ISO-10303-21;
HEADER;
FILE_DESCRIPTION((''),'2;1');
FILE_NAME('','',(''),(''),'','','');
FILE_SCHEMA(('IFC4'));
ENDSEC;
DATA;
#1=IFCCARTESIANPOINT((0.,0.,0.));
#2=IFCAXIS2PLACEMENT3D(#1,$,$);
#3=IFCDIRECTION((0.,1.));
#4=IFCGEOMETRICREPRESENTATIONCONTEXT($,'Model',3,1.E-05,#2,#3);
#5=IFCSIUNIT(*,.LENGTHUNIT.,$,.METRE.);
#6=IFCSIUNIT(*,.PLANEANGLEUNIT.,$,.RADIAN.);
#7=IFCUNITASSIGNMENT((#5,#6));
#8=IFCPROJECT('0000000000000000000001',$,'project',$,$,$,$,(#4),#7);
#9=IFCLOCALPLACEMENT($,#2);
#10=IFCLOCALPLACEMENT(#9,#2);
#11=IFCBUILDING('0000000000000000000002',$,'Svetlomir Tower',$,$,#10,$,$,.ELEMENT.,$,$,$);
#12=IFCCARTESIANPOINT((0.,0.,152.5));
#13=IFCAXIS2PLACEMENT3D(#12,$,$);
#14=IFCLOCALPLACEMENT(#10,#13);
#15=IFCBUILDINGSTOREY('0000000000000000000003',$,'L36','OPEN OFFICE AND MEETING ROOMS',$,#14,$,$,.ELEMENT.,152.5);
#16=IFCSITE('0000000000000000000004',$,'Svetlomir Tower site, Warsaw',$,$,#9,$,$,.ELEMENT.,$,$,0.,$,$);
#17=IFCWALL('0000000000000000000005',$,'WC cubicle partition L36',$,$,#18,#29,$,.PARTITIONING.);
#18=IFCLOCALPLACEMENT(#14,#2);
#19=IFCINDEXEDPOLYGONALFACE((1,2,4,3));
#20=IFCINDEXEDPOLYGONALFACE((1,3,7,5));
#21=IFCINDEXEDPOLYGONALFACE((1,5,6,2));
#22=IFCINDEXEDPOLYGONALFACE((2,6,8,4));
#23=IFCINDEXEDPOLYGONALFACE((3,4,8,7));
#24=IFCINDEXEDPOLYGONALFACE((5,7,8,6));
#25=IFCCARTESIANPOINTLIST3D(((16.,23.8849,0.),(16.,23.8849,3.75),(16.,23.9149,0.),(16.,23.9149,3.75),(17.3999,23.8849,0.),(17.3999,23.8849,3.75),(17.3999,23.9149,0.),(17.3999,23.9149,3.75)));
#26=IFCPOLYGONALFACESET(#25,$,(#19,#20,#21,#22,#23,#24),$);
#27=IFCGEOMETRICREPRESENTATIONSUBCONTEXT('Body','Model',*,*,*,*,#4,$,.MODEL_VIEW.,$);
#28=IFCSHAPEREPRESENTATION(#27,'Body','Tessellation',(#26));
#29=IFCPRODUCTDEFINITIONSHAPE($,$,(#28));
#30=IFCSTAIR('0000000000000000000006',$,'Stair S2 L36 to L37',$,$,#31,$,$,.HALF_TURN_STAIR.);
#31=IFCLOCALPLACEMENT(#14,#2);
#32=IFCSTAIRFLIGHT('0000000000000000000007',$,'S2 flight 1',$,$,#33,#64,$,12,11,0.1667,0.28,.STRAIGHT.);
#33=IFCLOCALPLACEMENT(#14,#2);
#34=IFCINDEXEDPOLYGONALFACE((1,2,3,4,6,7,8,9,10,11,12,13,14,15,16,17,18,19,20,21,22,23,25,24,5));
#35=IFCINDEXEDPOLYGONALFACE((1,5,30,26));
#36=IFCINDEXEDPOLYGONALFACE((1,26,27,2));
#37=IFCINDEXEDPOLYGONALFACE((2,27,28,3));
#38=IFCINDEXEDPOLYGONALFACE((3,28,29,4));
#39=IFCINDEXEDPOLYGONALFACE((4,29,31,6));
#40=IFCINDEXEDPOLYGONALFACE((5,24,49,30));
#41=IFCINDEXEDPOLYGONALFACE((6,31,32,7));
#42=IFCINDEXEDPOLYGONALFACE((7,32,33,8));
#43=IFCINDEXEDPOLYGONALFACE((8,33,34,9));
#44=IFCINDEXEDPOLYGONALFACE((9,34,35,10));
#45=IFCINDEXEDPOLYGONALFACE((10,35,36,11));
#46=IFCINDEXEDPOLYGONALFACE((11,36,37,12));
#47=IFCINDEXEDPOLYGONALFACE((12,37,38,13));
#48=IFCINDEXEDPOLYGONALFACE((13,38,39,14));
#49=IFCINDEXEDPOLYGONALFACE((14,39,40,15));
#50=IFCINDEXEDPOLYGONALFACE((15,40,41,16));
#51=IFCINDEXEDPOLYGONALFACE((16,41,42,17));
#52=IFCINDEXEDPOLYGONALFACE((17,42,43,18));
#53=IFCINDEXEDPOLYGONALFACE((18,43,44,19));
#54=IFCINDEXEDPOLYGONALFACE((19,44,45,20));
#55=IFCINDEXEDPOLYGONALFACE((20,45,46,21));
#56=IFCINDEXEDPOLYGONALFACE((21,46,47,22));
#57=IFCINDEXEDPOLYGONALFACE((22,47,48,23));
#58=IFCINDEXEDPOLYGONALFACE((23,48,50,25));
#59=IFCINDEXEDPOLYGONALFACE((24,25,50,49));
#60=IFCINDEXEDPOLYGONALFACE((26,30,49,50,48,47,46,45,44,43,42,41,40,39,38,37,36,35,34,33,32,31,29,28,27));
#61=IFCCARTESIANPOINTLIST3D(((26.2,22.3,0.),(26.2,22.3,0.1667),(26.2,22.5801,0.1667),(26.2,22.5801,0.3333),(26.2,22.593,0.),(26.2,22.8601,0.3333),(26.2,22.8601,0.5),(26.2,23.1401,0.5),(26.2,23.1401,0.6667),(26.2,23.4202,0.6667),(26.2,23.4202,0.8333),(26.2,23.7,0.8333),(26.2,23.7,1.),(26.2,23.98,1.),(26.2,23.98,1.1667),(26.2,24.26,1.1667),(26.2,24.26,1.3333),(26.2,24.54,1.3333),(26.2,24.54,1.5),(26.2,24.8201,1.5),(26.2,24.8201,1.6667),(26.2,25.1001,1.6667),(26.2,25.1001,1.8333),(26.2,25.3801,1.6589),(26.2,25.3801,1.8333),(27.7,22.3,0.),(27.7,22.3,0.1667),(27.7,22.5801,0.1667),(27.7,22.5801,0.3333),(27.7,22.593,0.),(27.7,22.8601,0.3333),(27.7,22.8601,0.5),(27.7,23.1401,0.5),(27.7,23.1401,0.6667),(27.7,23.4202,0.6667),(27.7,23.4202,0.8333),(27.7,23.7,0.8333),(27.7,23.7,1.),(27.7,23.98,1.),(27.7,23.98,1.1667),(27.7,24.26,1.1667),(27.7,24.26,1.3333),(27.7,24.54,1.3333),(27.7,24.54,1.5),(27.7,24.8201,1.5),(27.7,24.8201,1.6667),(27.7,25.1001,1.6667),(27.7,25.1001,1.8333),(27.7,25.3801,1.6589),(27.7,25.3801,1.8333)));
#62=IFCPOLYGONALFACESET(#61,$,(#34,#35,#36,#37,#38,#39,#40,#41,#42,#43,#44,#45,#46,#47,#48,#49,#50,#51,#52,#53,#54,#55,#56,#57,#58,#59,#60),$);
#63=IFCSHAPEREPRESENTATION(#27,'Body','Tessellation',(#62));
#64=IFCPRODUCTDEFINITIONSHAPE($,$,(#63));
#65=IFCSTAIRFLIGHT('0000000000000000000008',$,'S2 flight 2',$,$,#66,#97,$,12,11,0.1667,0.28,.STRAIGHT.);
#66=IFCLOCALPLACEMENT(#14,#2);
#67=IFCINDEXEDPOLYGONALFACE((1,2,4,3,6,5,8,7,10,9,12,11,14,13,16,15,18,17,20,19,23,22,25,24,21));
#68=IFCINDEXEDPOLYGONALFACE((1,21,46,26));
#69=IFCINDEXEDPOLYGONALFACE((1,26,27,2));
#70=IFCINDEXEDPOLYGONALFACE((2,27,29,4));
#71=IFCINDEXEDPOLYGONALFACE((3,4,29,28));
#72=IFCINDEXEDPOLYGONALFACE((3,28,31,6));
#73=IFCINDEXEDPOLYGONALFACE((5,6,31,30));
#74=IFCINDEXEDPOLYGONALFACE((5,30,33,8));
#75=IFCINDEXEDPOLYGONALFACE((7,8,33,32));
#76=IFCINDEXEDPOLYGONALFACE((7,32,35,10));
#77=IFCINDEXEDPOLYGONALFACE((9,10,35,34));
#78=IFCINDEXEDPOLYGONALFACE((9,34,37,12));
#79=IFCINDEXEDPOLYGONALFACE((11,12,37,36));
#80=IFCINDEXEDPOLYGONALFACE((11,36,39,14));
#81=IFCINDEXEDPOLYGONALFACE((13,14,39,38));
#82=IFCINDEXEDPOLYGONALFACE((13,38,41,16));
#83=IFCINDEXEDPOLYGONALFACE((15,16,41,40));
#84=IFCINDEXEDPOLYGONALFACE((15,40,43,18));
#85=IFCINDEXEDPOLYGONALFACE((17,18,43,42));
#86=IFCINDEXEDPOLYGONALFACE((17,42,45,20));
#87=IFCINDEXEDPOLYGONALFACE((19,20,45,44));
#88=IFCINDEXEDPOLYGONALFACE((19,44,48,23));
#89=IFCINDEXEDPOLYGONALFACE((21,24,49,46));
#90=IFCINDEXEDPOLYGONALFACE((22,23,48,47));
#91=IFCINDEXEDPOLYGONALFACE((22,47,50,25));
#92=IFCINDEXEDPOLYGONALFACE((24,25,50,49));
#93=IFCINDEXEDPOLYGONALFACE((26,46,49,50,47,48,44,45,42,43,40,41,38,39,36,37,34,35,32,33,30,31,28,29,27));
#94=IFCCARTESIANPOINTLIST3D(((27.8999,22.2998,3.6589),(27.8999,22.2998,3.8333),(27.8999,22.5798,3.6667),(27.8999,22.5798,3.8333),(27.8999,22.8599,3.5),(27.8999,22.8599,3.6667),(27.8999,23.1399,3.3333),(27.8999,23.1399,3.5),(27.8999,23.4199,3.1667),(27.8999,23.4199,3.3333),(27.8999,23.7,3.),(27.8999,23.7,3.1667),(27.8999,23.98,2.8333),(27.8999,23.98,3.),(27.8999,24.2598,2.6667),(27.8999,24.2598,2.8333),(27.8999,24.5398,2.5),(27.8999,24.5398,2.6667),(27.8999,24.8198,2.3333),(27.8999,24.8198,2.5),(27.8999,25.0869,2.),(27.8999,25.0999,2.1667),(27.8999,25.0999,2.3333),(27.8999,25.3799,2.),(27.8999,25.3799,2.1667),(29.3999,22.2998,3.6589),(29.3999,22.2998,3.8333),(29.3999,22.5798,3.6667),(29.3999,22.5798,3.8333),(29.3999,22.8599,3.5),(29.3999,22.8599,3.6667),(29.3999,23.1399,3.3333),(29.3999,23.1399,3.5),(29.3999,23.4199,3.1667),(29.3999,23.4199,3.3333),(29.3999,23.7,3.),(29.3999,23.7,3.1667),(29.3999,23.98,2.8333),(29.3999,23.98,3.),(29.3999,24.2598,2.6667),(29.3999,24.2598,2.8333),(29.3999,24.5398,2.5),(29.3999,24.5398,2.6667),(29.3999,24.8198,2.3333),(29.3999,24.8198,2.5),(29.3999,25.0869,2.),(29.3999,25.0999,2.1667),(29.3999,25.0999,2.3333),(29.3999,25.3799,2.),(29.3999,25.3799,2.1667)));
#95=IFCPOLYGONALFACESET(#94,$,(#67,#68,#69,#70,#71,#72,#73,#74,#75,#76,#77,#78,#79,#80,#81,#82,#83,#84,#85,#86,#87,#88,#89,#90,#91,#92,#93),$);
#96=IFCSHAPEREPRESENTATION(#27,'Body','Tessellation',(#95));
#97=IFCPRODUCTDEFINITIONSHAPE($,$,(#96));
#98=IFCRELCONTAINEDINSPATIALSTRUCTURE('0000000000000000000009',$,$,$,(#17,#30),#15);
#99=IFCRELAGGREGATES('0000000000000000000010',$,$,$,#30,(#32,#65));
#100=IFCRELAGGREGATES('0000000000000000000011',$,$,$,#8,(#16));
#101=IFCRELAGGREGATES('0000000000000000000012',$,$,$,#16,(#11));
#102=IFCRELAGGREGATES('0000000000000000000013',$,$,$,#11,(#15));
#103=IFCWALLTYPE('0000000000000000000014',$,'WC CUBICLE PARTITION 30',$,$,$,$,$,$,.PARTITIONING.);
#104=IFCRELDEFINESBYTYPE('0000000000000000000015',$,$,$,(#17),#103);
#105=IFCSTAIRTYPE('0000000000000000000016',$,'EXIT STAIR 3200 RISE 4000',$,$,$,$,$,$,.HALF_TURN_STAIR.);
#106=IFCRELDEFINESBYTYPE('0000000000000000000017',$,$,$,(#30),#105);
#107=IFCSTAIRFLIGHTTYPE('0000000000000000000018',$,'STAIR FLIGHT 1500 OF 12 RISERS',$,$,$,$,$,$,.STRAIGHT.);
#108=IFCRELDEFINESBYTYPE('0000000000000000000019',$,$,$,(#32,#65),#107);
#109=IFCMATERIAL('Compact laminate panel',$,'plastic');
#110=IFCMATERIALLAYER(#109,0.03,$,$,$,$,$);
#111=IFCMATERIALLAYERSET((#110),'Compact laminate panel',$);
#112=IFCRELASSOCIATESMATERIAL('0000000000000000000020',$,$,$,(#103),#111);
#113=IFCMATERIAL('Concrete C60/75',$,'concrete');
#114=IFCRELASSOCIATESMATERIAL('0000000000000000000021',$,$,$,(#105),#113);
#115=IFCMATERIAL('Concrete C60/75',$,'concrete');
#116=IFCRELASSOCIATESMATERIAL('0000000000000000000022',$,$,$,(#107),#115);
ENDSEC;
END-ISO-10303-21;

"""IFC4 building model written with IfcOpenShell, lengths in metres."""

from ifc_helpers import new_model, si_unit, direction, frame, frame_2d, origin, place, context, subcontext, project, spatial, polyline, rectangle, outline, extrude, material, layer, layer_set, type_object, element, aggregate, save


model = new_model("IFC4")

# Units and contexts
model_context = context("Model", 3, precision=1e-05, world=origin(), true_north=direction((0.0, 1.0)))
body_context = subcontext(model_context, "Body", "Model", "MODEL_VIEW")
ifc_project = project(units=[si_unit("LENGTHUNIT", "METRE"), si_unit("PLANEANGLEUNIT", "RADIAN")], contexts=[model_context])

# Site, building, storey
site_placement = place(None, origin())
site = spatial("IfcSite", under=ifc_project, at=site_placement, Name="Svetlomir Tower site, Warsaw", CompositionType="ELEMENT", RefElevation=0.0)
building_placement = place(site_placement, origin())
building = spatial("IfcBuilding", under=site, at=building_placement, Name="Svetlomir Tower", CompositionType="ELEMENT")
storey_placement = place(building_placement, frame((0.0, 0.0, 152.5)))
storey = spatial("IfcBuildingStorey", under=building, at=storey_placement, Name="L36", Description="OPEN OFFICE AND MEETING ROOMS", CompositionType="ELEMENT", Elevation=152.5)

# Wall
ifc_material_1 = material(Name="Compact laminate panel", Category="plastic")
ifc_layer_1 = layer(ifc_material_1, 0.03)
ifc_layer_set_1 = layer_set([ifc_layer_1], Name="Compact laminate panel")
wall_type_1 = type_object("IfcWallType", Name="WC CUBICLE PARTITION 30", PredefinedType="PARTITIONING", material=ifc_layer_set_1)
wall_1_placement = place(storey_placement, frame((16.0, 23.8999, 0.0), z_axis=(0.0, 0.0, 1.0), x_axis=(1.0, 0.0, 0.0)))
element("IfcWall", 1, at=wall_1_placement, inside=storey, type_object=wall_type_1, Name="WC cubicle partition L36", PredefinedType="PARTITIONING", context=body_context, shape_type="SweptSolid", body=[
    extrude(rectangle(XDim=1.3999, YDim=0.03, at=frame_2d((0.7, 0.0))), origin(), (0.0, 0.0, 1.0), 3.75),
])

# Stair, stair flights
ifc_material_2 = material(Name="Concrete C60/75", Category="concrete")
stair_type = type_object("IfcStairType", Name="EXIT STAIR 3200 RISE 4000", PredefinedType="HALF_TURN_STAIR", material=ifc_material_2)
stair_placement = place(storey_placement, origin())
stair = element("IfcStair", 2, at=stair_placement, inside=storey, type_object=stair_type, Name="Stair S2 L36 to L37", PredefinedType="HALF_TURN_STAIR")
ifc_material_3 = material(Name="Concrete C60/75", Category="concrete")
stair_flight_type = type_object("IfcStairFlightType", Name="STAIR FLIGHT 1500 OF 12 RISERS", PredefinedType="STRAIGHT", material=ifc_material_3)
stair_flight_1_placement = place(storey_placement, frame((26.95, 22.3, 0.0), z_axis=(0.0, 0.0, 1.0), x_axis=(0.0, 1.0, 0.0)))
stair_flight_1 = element("IfcStairFlight", 3, at=stair_flight_1_placement, type_object=stair_flight_type, Name="S2 flight 1", NumberOfRisers=12, NumberOfTreads=11, PredefinedType="STRAIGHT", RiserHeight=0.1667, TreadLength=0.28, context=body_context, shape_type="SweptSolid", body=[
    extrude(outline(polyline([(0.0, 0.0), (0.0, 0.1667), (0.28, 0.1667), (0.28, 0.3333), (0.5601, 0.3333), (0.5601, 0.5), (0.8401, 0.5), (0.8401, 0.6667), (1.1201, 0.6667), (1.1201, 0.8333), (1.3999, 0.8333), (1.3999, 1.0), (1.6799, 1.0), (1.6799, 1.1667), (1.96, 1.1667), (1.96, 1.3333), (2.24, 1.3333), (2.24, 1.5), (2.52, 1.5), (2.52, 1.6667), (2.8, 1.6667), (2.8, 1.8333), (3.0801, 1.8333), (3.0801, 2.0), (3.0801, 1.6589), (0.293, 0.0), (0.0, 0.0)])), frame((0.0, 0.75, 0.0), z_axis=(0.0, -1.0, 0.0), x_axis=(1.0, 0.0, 0.0)), (0.0, 0.0, 1.0), 1.5),
])
stair_flight_2_placement = place(storey_placement, frame((28.6499, 25.3799, 2.0), z_axis=(0.0, 0.0, 1.0), x_axis=(0.0, -1.0, 0.0)))
stair_flight_2 = element("IfcStairFlight", 4, at=stair_flight_2_placement, type_object=stair_flight_type, Name="S2 flight 2", NumberOfRisers=12, NumberOfTreads=11, PredefinedType="STRAIGHT", RiserHeight=0.1667, TreadLength=0.28, context=body_context, shape_type="SweptSolid", body=[
    extrude(outline(polyline([(0.0, 0.0), (0.0, 0.1667), (0.28, 0.1667), (0.28, 0.3333), (0.5601, 0.3333), (0.5601, 0.5), (0.8401, 0.5), (0.8401, 0.6667), (1.1201, 0.6667), (1.1201, 0.8333), (1.3999, 0.8333), (1.3999, 1.0), (1.6799, 1.0), (1.6799, 1.1667), (1.96, 1.1667), (1.96, 1.3333), (2.24, 1.3333), (2.24, 1.5), (2.52, 1.5), (2.52, 1.6667), (2.8, 1.6667), (2.8, 1.8333), (3.0801, 1.8333), (3.0801, 2.0), (3.0801, 1.6589), (0.293, 0.0), (0.0, 0.0)])), frame((0.0, 0.75, 0.0), z_axis=(0.0, -1.0, 0.0), x_axis=(1.0, 0.0, 0.0)), (0.0, 0.0, 1.0), 1.5),
])
aggregate(stair, [stair_flight_1, stair_flight_2])

save(model, "model.ifc")
